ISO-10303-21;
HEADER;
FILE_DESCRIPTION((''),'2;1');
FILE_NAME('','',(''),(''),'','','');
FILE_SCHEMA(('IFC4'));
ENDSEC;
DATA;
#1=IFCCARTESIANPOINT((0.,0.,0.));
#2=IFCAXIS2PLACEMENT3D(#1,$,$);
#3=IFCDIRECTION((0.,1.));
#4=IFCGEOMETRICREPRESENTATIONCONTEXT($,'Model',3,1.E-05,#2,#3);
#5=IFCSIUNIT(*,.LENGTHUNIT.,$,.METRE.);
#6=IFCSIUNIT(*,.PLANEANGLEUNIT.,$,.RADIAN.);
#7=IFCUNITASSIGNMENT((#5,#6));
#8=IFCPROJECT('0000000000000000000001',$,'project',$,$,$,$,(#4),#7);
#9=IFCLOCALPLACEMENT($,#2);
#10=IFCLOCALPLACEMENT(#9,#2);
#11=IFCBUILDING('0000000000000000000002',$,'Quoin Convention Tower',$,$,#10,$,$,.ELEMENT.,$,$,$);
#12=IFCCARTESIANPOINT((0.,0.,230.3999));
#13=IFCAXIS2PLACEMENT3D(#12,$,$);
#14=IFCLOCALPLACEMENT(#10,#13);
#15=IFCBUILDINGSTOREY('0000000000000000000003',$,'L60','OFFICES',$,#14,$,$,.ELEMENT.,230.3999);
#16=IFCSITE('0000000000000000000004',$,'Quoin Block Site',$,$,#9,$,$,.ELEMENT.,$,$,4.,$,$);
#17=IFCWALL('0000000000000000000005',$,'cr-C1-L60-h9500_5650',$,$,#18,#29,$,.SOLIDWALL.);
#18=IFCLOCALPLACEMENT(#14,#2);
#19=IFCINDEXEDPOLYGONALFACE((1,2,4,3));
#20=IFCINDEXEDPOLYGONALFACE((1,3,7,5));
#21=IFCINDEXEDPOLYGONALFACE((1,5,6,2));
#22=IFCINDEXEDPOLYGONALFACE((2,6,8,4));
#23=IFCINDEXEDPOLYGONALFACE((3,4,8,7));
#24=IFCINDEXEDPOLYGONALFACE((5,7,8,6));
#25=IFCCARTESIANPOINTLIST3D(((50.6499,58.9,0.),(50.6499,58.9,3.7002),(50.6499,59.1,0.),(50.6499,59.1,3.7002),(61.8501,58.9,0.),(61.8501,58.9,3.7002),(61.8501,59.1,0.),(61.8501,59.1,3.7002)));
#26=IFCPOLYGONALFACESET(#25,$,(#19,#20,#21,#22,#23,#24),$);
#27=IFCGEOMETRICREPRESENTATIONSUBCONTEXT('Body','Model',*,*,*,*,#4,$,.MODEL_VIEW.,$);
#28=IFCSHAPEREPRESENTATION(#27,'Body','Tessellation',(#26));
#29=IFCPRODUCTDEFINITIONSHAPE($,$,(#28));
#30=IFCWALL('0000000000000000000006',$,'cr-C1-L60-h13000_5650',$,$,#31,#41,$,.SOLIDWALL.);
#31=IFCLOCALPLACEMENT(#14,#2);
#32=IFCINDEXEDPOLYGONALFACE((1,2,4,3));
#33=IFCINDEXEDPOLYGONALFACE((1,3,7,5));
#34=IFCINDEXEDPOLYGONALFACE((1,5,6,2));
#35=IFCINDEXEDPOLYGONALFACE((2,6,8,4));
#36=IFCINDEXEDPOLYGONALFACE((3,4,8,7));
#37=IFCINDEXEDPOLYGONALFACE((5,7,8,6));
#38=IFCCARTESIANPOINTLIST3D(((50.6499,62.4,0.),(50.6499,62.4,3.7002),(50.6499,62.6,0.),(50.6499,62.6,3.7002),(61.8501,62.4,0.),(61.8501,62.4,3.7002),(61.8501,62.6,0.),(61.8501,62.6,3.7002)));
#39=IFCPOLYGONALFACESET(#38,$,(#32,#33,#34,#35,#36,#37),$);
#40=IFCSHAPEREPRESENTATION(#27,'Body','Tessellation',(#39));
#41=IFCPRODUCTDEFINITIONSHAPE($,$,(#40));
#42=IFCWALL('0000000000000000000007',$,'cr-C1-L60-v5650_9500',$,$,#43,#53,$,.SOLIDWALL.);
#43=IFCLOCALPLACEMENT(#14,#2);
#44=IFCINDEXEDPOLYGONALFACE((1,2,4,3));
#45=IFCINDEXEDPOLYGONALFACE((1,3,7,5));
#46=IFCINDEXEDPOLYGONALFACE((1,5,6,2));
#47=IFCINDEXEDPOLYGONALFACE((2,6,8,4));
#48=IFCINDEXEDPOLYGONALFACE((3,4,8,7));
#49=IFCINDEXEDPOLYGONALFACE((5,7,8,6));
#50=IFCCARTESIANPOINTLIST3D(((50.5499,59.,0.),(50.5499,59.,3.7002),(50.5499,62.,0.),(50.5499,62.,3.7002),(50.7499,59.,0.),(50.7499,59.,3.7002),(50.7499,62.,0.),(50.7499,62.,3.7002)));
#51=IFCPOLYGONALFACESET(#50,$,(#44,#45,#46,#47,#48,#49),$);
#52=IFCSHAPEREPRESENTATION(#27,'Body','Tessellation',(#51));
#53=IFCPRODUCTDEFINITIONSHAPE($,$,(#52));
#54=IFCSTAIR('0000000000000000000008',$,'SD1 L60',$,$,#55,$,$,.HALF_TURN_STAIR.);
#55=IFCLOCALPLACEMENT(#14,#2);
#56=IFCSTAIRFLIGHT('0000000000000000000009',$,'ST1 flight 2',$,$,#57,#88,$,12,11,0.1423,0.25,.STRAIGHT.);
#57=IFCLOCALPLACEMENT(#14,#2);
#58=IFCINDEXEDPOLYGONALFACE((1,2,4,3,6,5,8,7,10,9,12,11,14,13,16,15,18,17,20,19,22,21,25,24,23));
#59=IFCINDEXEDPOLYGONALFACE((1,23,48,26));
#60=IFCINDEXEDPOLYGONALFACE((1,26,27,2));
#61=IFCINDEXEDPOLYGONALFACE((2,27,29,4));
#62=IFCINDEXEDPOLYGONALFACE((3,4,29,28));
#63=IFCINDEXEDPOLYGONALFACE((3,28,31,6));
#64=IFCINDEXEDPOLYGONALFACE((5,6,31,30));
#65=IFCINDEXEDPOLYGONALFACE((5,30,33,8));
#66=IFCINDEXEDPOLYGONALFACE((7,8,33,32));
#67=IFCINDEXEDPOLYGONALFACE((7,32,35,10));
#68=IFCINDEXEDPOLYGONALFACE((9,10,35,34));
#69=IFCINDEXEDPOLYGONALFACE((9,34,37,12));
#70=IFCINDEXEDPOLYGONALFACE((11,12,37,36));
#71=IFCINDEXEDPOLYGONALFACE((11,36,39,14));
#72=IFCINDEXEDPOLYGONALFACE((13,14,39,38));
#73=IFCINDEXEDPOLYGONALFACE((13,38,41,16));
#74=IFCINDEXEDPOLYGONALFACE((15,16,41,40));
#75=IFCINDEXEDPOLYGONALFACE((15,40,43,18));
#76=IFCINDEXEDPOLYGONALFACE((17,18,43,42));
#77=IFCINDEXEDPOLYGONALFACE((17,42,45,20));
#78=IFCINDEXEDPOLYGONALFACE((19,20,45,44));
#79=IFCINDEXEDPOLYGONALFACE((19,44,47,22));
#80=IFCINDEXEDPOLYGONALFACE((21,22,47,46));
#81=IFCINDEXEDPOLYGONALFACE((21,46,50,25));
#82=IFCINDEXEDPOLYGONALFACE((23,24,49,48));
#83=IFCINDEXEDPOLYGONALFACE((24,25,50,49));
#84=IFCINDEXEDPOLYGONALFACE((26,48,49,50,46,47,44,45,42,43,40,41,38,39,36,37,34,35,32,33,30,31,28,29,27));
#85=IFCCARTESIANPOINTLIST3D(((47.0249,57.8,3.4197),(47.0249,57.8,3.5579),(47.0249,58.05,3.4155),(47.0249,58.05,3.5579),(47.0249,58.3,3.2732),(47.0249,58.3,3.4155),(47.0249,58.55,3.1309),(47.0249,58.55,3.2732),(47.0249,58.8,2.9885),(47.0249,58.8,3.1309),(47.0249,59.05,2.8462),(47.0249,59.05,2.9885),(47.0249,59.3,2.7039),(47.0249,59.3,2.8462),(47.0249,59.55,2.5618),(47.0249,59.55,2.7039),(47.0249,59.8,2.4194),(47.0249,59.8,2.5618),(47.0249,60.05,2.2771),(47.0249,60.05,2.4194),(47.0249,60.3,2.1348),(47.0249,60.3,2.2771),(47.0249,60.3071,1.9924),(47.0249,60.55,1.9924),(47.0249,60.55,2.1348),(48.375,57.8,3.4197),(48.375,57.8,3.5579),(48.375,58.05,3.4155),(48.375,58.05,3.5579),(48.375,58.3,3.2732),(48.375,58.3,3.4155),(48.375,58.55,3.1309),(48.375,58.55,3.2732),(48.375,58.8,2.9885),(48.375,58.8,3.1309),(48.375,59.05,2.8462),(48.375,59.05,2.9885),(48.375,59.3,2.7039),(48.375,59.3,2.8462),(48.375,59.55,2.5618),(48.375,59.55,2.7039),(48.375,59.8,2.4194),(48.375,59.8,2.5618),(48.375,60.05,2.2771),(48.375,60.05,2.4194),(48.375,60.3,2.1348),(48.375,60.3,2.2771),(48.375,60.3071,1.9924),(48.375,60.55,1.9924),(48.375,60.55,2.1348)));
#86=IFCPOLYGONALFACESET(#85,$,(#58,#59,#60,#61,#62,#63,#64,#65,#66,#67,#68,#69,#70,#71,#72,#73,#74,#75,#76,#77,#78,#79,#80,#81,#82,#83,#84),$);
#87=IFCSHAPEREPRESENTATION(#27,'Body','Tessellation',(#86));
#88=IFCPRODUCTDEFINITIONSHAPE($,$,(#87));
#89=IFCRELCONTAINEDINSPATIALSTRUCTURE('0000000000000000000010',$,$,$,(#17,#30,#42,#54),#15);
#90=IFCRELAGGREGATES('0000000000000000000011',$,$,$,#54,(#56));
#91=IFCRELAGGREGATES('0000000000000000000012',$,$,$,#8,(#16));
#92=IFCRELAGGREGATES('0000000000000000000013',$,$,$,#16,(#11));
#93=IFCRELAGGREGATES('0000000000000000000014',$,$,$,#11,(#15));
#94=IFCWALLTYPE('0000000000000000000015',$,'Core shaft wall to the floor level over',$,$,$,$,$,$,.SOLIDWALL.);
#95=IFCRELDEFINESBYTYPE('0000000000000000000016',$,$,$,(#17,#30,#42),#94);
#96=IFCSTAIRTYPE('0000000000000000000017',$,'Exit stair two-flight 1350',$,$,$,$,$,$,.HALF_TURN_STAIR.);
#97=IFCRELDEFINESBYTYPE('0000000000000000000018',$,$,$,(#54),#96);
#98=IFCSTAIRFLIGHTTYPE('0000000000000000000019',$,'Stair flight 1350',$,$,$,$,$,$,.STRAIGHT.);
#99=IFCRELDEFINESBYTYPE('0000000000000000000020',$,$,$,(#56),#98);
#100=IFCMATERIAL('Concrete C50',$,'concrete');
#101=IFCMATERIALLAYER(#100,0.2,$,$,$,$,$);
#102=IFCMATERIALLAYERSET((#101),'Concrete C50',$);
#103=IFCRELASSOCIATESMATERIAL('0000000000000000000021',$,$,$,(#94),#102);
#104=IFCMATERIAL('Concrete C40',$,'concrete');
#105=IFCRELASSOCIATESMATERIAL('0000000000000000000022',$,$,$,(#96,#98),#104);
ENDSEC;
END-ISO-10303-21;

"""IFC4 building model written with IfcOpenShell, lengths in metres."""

from ifc_helpers import new_model, si_unit, direction, frame, frame_2d, origin, place, context, subcontext, project, spatial, polyline, rectangle, outline, extrude, material, layer, layer_set, type_object, element, aggregate, save


model = new_model("IFC4")

# Units and contexts
model_context = context("Model", 3, precision=1e-05, world=origin(), true_north=direction((0.0, 1.0)))
body_context = subcontext(model_context, "Body", "Model", "MODEL_VIEW")
ifc_project = project(units=[si_unit("LENGTHUNIT", "METRE"), si_unit("PLANEANGLEUNIT", "RADIAN")], contexts=[model_context])

# Site, building, storey
site_placement = place(None, origin())
site = spatial("IfcSite", under=ifc_project, at=site_placement, Name="Quoin Block Site", CompositionType="ELEMENT", RefElevation=4.0)
building_placement = place(site_placement, origin())
building = spatial("IfcBuilding", under=site, at=building_placement, Name="Quoin Convention Tower", CompositionType="ELEMENT")
storey_placement = place(building_placement, frame((0.0, 0.0, 230.3999)))
storey = spatial("IfcBuildingStorey", under=building, at=storey_placement, Name="L60", Description="OFFICES", CompositionType="ELEMENT", Elevation=230.3999)

# Shared definitions
ifc_material_1 = material(Name="Concrete C50", Category="concrete")

# Walls
ifc_layer_1 = layer(ifc_material_1, 0.2)
ifc_layer_set_1 = layer_set([ifc_layer_1], Name="Concrete C50")
wall_type_1 = type_object("IfcWallType", Name="Core shaft wall to the floor level over", PredefinedType="SOLIDWALL", material=ifc_layer_set_1)
for number, where, z_axis, x_axis, name in (
    (1, (50.6499, 59.0, 0.0), (0.0, 0.0, 1.0), (1.0, 0.0, 0.0), "cr-C1-L60-h9500_5650"),
    (2, (50.6499, 62.5, 0.0), (0.0, 0.0, 1.0), (1.0, 0.0, 0.0), "cr-C1-L60-h13000_5650"),
):
    element("IfcWall", number, at=place(storey_placement, frame(where, z_axis=z_axis, x_axis=x_axis)), inside=storey, type_object=wall_type_1, Name=name, PredefinedType="SOLIDWALL", context=body_context, shape_type="SweptSolid", body=[
        extrude(rectangle(XDim=11.2002, YDim=0.2, at=frame_2d((5.6001, 0.0))), origin(), (0.0, 0.0, 1.0), 3.7002),
    ])
wall_1_placement = place(storey_placement, frame((50.6499, 59.0, 0.0), z_axis=(0.0, 0.0, 1.0), x_axis=(0.0, 1.0, 0.0)))
element("IfcWall", 3, at=wall_1_placement, inside=storey, type_object=wall_type_1, Name="cr-C1-L60-v5650_9500", PredefinedType="SOLIDWALL", context=body_context, shape_type="SweptSolid", body=[
    extrude(rectangle(XDim=3.0, YDim=0.2, at=frame_2d((1.5, 0.0))), origin(), (0.0, 0.0, 1.0), 3.7002),
])

# Stair, stair flight
ifc_material_2 = material(Name="Concrete C40", Category="concrete")
stair_type = type_object("IfcStairType", Name="Exit stair two-flight 1350", PredefinedType="HALF_TURN_STAIR", material=ifc_material_2)
stair_placement = place(storey_placement, origin())
stair = element("IfcStair", 4, at=stair_placement, inside=storey, type_object=stair_type, Name="SD1 L60", PredefinedType="HALF_TURN_STAIR")
stair_flight_type = type_object("IfcStairFlightType", Name="Stair flight 1350", PredefinedType="STRAIGHT", material=ifc_material_2)
stair_flight_placement = place(storey_placement, frame((47.7, 60.55, 1.9924), z_axis=(0.0, 0.0, 1.0), x_axis=(0.0, -1.0, 0.0)))
stair_flight = element("IfcStairFlight", 5, at=stair_flight_placement, type_object=stair_flight_type, Name="ST1 flight 2", NumberOfRisers=12, NumberOfTreads=11, PredefinedType="STRAIGHT", RiserHeight=0.1423, TreadLength=0.25, context=body_context, shape_type="SweptSolid", body=[
    extrude(outline(polyline([(0.0, 0.0), (0.0, 0.1423), (0.25, 0.1423), (0.25, 0.2847), (0.5, 0.2847), (0.5, 0.427), (0.75, 0.427), (0.75, 0.5693), (1.0, 0.5693), (1.0, 0.7114), (1.25, 0.7114), (1.25, 0.8538), (1.5, 0.8538), (1.5, 0.9961), (1.75, 0.9961), (1.75, 1.1384), (2.0, 1.1384), (2.0, 1.2808), (2.25, 1.2808), (2.25, 1.4231), (2.5, 1.4231), (2.5, 1.5654), (2.75, 1.5654), (2.75, 1.7078), (2.75, 1.4272), (0.2429, 0.0), (0.0, 0.0)])), frame((0.0, 0.675, 0.0), z_axis=(0.0, -1.0, 0.0), x_axis=(1.0, 0.0, 0.0)), (0.0, 0.0, 1.0), 1.3501),
])
aggregate(stair, [stair_flight])

save(model, "model.ifc")
